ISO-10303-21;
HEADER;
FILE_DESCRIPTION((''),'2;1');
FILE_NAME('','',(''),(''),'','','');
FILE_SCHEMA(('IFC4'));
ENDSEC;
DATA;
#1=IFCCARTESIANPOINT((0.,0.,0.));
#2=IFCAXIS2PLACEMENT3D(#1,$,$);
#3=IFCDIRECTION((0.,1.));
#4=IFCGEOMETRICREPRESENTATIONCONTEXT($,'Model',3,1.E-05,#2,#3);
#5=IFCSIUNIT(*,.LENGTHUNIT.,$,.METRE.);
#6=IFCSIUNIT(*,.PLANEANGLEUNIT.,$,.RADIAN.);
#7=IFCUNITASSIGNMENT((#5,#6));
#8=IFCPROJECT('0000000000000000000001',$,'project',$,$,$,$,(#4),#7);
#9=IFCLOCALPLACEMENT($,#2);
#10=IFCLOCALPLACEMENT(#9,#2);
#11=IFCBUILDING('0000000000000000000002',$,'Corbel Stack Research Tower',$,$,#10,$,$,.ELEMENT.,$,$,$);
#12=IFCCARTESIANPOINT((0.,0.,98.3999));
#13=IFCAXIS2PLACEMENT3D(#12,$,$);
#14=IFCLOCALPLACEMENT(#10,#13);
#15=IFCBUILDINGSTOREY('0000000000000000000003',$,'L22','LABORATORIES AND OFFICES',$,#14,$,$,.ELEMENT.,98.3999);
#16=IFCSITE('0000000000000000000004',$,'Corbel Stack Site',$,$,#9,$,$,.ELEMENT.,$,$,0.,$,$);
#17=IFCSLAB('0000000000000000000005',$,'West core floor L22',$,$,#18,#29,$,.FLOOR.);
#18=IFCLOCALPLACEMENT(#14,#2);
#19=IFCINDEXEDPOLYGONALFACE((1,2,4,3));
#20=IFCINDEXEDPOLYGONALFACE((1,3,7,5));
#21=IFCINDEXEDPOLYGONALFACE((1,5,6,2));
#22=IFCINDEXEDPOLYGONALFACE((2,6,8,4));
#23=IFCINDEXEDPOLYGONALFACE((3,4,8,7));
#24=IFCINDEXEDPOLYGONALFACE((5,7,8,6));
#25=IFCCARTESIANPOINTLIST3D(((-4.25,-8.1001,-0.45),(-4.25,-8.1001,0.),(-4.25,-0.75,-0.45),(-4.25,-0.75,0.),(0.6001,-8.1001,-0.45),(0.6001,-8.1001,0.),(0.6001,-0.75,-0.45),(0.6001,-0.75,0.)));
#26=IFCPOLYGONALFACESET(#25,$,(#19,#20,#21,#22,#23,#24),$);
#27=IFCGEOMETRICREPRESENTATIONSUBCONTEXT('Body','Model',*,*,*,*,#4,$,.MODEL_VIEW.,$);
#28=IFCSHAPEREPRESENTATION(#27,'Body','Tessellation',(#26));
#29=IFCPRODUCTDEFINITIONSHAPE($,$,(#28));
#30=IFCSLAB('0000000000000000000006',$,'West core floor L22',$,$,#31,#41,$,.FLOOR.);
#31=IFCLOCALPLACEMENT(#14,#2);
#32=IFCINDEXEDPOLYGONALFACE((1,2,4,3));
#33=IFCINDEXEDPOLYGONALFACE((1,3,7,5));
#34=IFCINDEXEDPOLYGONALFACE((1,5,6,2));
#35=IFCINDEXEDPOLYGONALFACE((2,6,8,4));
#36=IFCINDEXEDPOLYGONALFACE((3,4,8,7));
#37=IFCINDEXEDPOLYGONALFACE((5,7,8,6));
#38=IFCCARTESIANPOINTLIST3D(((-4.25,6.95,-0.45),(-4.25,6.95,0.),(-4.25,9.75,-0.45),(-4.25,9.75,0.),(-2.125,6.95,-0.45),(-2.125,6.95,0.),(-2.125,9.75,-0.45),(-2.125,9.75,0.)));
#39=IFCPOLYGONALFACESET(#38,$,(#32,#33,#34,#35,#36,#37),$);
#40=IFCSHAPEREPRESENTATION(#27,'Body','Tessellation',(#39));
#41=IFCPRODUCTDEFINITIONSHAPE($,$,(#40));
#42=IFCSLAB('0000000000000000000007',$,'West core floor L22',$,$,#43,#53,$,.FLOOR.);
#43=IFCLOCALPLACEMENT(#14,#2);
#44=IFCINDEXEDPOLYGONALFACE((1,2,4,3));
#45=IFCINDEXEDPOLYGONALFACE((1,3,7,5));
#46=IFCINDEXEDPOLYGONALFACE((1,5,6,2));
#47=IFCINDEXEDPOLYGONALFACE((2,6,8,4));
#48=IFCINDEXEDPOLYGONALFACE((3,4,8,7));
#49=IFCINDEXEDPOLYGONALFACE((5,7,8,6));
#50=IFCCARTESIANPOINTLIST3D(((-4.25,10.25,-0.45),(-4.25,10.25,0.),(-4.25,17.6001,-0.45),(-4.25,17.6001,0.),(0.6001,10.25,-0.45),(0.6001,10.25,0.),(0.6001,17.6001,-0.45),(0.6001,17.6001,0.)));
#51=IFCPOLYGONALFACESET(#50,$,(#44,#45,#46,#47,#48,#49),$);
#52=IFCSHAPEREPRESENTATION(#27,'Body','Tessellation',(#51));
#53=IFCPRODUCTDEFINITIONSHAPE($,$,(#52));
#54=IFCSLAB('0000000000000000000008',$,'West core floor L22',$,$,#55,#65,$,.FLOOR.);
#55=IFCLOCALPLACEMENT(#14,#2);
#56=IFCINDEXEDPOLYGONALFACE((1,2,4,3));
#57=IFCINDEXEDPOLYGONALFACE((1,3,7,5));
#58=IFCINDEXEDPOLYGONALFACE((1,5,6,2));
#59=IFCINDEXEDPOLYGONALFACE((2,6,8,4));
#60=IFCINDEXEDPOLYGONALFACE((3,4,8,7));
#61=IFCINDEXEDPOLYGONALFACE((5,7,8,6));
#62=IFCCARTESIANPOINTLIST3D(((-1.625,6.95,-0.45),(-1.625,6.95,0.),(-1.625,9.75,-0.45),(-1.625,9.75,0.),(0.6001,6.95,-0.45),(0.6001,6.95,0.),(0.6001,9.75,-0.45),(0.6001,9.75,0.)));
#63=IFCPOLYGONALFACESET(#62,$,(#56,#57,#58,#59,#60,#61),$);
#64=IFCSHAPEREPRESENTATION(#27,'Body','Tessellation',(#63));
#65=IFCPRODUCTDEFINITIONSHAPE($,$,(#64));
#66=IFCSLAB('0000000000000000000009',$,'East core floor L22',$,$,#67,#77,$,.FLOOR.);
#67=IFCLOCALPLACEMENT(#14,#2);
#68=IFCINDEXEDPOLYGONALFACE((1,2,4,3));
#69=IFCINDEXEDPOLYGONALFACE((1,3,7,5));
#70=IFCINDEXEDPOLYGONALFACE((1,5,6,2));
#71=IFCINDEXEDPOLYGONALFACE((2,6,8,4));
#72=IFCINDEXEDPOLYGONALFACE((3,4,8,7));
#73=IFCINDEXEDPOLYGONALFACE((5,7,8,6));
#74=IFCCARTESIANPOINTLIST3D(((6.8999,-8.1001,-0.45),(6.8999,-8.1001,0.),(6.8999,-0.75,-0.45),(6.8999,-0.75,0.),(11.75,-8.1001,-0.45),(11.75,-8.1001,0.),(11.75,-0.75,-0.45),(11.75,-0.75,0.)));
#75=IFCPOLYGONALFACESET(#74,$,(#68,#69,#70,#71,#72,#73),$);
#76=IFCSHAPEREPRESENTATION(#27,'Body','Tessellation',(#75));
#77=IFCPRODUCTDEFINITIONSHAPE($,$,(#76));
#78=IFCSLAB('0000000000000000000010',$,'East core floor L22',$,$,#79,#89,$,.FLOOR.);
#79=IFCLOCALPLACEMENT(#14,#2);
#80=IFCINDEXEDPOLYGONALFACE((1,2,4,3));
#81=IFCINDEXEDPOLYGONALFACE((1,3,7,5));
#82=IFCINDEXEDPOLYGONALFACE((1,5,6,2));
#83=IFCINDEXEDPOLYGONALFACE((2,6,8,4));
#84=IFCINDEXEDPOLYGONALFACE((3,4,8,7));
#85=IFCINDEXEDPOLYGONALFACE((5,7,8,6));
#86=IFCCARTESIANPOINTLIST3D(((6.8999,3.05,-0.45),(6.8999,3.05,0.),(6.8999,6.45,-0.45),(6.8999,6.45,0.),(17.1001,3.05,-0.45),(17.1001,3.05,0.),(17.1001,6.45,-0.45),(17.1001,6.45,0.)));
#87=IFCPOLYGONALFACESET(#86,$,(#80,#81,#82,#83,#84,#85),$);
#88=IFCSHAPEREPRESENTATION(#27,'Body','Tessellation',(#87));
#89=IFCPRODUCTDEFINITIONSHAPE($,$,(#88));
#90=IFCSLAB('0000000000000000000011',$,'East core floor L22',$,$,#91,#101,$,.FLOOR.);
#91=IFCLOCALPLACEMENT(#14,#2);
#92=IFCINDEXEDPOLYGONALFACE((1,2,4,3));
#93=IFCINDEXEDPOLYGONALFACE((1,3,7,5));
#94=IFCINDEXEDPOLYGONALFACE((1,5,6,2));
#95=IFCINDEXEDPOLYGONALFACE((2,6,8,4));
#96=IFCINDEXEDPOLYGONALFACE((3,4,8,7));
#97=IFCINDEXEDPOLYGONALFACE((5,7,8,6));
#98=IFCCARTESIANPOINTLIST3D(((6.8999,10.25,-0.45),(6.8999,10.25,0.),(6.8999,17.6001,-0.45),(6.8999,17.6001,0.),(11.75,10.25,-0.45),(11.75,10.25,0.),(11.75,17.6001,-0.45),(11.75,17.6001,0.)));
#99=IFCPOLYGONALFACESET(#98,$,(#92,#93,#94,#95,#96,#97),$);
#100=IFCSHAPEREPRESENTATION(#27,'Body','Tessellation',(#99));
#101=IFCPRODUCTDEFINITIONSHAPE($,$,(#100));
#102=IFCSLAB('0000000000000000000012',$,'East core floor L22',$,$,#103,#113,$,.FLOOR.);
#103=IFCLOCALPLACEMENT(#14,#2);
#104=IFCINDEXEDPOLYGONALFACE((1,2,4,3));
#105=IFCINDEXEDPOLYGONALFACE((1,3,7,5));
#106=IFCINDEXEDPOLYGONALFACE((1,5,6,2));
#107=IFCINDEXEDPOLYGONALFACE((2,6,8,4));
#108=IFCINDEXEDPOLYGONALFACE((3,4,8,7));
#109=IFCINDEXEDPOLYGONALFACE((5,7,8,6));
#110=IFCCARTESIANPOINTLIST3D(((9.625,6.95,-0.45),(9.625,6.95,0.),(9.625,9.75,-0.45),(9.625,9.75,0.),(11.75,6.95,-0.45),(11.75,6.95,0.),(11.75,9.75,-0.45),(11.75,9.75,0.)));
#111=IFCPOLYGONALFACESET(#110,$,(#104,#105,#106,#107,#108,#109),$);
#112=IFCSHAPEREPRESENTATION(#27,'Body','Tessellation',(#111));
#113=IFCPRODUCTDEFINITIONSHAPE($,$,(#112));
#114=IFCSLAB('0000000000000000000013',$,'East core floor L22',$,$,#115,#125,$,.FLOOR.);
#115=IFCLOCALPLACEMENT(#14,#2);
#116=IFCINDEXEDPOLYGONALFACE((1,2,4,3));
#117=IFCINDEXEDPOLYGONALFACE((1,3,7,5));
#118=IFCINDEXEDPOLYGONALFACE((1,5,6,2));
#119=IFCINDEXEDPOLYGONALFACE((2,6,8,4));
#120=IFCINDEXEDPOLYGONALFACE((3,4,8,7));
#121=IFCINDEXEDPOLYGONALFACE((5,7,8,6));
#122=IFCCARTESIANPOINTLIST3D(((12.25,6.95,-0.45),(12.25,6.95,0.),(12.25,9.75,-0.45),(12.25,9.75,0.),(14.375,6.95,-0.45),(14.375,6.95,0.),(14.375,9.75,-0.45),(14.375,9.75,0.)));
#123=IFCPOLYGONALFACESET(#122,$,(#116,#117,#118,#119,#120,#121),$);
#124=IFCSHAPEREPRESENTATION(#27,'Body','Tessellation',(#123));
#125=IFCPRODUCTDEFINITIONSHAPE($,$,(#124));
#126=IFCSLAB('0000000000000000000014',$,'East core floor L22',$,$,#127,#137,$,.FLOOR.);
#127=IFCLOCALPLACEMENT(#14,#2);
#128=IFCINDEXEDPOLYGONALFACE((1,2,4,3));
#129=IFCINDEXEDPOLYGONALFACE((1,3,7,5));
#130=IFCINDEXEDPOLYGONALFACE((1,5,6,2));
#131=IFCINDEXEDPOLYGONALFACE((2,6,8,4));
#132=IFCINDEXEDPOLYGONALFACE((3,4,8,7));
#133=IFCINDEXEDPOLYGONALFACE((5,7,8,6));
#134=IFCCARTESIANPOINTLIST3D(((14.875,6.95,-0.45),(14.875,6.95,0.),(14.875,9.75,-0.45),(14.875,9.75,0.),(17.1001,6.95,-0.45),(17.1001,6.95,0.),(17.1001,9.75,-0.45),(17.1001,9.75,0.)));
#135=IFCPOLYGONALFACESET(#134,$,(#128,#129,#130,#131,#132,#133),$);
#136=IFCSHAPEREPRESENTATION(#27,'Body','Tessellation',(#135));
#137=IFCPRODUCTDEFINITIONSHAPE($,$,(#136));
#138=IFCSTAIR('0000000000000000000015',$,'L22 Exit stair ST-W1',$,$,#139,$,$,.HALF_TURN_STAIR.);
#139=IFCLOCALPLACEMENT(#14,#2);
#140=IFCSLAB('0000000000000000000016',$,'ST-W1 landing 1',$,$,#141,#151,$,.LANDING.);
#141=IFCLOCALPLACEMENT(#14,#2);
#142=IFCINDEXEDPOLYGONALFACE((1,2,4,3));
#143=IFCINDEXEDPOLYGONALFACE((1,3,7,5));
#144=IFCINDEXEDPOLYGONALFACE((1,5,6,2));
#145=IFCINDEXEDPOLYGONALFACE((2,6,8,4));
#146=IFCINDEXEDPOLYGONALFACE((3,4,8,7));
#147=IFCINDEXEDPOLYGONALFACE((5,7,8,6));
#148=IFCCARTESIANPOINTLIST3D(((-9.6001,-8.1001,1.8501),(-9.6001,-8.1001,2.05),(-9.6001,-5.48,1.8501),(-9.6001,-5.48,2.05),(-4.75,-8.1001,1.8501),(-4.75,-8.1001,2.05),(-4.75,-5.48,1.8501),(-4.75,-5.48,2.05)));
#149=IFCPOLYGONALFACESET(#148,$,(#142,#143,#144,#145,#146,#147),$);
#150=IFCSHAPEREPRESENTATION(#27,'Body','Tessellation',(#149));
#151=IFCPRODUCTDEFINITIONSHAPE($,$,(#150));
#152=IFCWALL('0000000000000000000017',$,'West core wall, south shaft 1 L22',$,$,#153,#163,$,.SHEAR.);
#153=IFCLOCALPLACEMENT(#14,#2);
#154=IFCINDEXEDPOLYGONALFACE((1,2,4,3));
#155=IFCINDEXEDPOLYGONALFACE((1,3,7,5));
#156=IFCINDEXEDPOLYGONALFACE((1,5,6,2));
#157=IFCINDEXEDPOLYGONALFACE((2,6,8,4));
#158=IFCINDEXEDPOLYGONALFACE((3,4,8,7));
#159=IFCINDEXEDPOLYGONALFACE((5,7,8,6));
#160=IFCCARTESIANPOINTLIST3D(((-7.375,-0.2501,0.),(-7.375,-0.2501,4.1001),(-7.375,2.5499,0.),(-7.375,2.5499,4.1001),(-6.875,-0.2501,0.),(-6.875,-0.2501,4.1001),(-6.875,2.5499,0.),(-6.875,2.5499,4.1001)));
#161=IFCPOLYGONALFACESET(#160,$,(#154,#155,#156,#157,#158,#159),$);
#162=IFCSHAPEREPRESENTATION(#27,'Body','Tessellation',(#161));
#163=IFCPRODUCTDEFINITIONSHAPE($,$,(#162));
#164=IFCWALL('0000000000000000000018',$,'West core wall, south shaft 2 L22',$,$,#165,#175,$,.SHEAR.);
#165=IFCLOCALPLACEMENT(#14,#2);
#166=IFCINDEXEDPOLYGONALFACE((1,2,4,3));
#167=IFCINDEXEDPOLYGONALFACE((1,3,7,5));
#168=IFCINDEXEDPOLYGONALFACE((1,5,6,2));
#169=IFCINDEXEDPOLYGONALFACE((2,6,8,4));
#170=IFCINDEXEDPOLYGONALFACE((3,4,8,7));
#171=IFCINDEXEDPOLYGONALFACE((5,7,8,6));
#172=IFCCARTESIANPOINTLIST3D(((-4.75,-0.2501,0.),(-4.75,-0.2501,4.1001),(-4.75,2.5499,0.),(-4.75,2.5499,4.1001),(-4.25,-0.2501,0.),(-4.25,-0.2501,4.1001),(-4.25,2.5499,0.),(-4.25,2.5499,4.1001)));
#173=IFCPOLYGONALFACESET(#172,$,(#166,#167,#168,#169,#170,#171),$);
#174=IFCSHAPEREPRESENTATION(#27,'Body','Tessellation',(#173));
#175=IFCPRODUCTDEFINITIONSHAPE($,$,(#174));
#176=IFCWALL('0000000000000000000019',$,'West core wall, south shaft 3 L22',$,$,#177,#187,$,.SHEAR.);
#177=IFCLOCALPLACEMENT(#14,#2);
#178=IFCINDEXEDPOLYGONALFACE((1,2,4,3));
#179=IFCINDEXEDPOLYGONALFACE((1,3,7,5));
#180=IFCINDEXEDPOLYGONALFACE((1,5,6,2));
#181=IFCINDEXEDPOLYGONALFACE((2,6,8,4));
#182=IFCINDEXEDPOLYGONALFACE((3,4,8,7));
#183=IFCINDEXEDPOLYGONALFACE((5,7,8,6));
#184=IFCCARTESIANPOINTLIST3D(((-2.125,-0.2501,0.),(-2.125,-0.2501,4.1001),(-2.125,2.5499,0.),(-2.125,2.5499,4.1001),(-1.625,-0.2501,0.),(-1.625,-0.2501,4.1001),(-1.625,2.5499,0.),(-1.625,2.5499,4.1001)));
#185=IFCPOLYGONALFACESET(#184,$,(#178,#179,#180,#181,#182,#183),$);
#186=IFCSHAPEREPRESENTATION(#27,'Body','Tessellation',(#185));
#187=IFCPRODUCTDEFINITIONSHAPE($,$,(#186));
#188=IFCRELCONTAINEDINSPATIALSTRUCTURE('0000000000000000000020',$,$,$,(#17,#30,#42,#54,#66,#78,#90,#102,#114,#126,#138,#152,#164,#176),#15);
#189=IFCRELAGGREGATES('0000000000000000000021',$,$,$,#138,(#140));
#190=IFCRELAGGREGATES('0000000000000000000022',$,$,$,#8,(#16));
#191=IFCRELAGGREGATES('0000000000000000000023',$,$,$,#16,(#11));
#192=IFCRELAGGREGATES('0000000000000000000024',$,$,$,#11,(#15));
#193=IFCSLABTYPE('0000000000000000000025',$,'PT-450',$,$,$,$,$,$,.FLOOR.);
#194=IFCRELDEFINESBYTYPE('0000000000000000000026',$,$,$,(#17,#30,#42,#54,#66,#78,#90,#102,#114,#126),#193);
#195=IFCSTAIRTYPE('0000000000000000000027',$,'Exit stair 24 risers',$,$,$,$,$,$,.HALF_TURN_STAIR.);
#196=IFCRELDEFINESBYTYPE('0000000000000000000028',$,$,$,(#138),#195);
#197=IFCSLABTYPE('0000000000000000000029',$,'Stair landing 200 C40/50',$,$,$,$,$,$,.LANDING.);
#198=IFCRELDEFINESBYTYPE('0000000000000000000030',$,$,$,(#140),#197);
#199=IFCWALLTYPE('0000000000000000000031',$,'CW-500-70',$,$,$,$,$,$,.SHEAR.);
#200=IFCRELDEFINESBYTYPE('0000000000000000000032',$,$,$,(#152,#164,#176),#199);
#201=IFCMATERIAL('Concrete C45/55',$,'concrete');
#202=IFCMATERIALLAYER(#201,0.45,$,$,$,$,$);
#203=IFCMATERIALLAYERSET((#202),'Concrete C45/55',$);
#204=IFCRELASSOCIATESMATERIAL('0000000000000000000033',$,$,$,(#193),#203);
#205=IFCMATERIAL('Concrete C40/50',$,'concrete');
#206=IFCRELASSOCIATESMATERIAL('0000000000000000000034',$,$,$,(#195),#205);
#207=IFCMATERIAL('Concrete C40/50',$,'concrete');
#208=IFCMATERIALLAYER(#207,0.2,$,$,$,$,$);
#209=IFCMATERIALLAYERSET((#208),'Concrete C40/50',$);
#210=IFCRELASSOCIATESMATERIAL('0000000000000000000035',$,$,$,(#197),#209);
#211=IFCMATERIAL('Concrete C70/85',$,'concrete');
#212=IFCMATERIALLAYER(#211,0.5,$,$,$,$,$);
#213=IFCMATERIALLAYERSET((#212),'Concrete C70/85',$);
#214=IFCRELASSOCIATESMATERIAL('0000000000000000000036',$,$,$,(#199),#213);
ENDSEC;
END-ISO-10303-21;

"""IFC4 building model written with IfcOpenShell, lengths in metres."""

from ifc_helpers import new_model, si_unit, direction, frame, frame_2d, origin, place, context, subcontext, project, spatial, polyline, rectangle, outline, extrude, material, layer, layer_set, type_object, element, aggregate, save


model = new_model("IFC4")

# Units and contexts
model_context = context("Model", 3, precision=1e-05, world=origin(), true_north=direction((0.0, 1.0)))
body_context = subcontext(model_context, "Body", "Model", "MODEL_VIEW")
ifc_project = project(units=[si_unit("LENGTHUNIT", "METRE"), si_unit("PLANEANGLEUNIT", "RADIAN")], contexts=[model_context])

# Site, building, storey
site_placement = place(None, origin())
site = spatial("IfcSite", under=ifc_project, at=site_placement, Name="Corbel Stack Site", CompositionType="ELEMENT", RefElevation=0.0)
building_placement = place(site_placement, origin())
building = spatial("IfcBuilding", under=site, at=building_placement, Name="Corbel Stack Research Tower", CompositionType="ELEMENT")
storey_placement = place(building_placement, frame((0.0, 0.0, 98.3999)))
storey = spatial("IfcBuildingStorey", under=building, at=storey_placement, Name="L22", Description="LABORATORIES AND OFFICES", CompositionType="ELEMENT", Elevation=98.3999)

# Slabs
ifc_material_1 = material(Name="Concrete C45/55", Category="concrete")
ifc_layer_1 = layer(ifc_material_1, 0.45)
ifc_layer_set_1 = layer_set([ifc_layer_1], Name="Concrete C45/55")
slab_type_1 = type_object("IfcSlabType", Name="PT-450", PredefinedType="FLOOR", material=ifc_layer_set_1)
slab_1_placement = place(storey_placement, frame((0.0, 0.0, -0.45)))
element("IfcSlab", 1, at=slab_1_placement, inside=storey, type_object=slab_type_1, Name="West core floor L22", PredefinedType="FLOOR", context=body_context, shape_type="SweptSolid", body=[
    extrude(outline(polyline([(0.6001, -8.1001), (0.6001, -0.75), (-4.25, -0.75), (-4.25, -8.1001), (0.6001, -8.1001)])), origin(), (0.0, 0.0, 1.0), 0.45),
])
slab_2_placement = place(storey_placement, frame((0.0, 0.0, -0.45)))
element("IfcSlab", 2, at=slab_2_placement, inside=storey, type_object=slab_type_1, Name="West core floor L22", PredefinedType="FLOOR", context=body_context, shape_type="SweptSolid", body=[
    extrude(outline(polyline([(-2.125, 6.95), (-2.125, 9.75), (-4.25, 9.75), (-4.25, 6.95), (-2.125, 6.95)])), origin(), (0.0, 0.0, 1.0), 0.45),
])
slab_3_placement = place(storey_placement, frame((0.0, 0.0, -0.45)))
element("IfcSlab", 3, at=slab_3_placement, inside=storey, type_object=slab_type_1, Name="West core floor L22", PredefinedType="FLOOR", context=body_context, shape_type="SweptSolid", body=[
    extrude(outline(polyline([(0.6001, 17.6001), (-4.25, 17.6001), (-4.25, 10.25), (0.6001, 10.25), (0.6001, 17.6001)])), origin(), (0.0, 0.0, 1.0), 0.45),
])
slab_4_placement = place(storey_placement, frame((0.0, 0.0, -0.45)))
element("IfcSlab", 4, at=slab_4_placement, inside=storey, type_object=slab_type_1, Name="West core floor L22", PredefinedType="FLOOR", context=body_context, shape_type="SweptSolid", body=[
    extrude(outline(polyline([(0.6001, 9.75), (-1.625, 9.75), (-1.625, 6.95), (0.6001, 6.95), (0.6001, 9.75)])), origin(), (0.0, 0.0, 1.0), 0.45),
])
slab_5_placement = place(storey_placement, frame((0.0, 0.0, -0.45)))
element("IfcSlab", 5, at=slab_5_placement, inside=storey, type_object=slab_type_1, Name="East core floor L22", PredefinedType="FLOOR", context=body_context, shape_type="SweptSolid", body=[
    extrude(outline(polyline([(11.75, -0.75), (6.8999, -0.75), (6.8999, -8.1001), (11.75, -8.1001), (11.75, -0.75)])), origin(), (0.0, 0.0, 1.0), 0.45),
])
slab_6_placement = place(storey_placement, frame((0.0, 0.0, -0.45)))
element("IfcSlab", 6, at=slab_6_placement, inside=storey, type_object=slab_type_1, Name="East core floor L22", PredefinedType="FLOOR", context=body_context, shape_type="SweptSolid", body=[
    extrude(outline(polyline([(6.8999, 6.45), (6.8999, 3.05), (17.1001, 3.05), (17.1001, 6.45), (6.8999, 6.45)])), origin(), (0.0, 0.0, 1.0), 0.45),
])
slab_7_placement = place(storey_placement, frame((0.0, 0.0, -0.45)))
element("IfcSlab", 7, at=slab_7_placement, inside=storey, type_object=slab_type_1, Name="East core floor L22", PredefinedType="FLOOR", context=body_context, shape_type="SweptSolid", body=[
    extrude(outline(polyline([(6.8999, 17.6001), (6.8999, 10.25), (11.75, 10.25), (11.75, 17.6001), (6.8999, 17.6001)])), origin(), (0.0, 0.0, 1.0), 0.45),
])
slab_8_placement = place(storey_placement, frame((0.0, 0.0, -0.45)))
element("IfcSlab", 8, at=slab_8_placement, inside=storey, type_object=slab_type_1, Name="East core floor L22", PredefinedType="FLOOR", context=body_context, shape_type="SweptSolid", body=[
    extrude(outline(polyline([(9.625, 6.95), (11.75, 6.95), (11.75, 9.75), (9.625, 9.75), (9.625, 6.95)])), origin(), (0.0, 0.0, 1.0), 0.45),
])
slab_9_placement = place(storey_placement, frame((0.0, 0.0, -0.45)))
element("IfcSlab", 9, at=slab_9_placement, inside=storey, type_object=slab_type_1, Name="East core floor L22", PredefinedType="FLOOR", context=body_context, shape_type="SweptSolid", body=[
    extrude(outline(polyline([(14.375, 6.95), (14.375, 9.75), (12.25, 9.75), (12.25, 6.95), (14.375, 6.95)])), origin(), (0.0, 0.0, 1.0), 0.45),
])
slab_10_placement = place(storey_placement, frame((0.0, 0.0, -0.45)))
element("IfcSlab", 10, at=slab_10_placement, inside=storey, type_object=slab_type_1, Name="East core floor L22", PredefinedType="FLOOR", context=body_context, shape_type="SweptSolid", body=[
    extrude(outline(polyline([(17.1001, 6.95), (17.1001, 9.75), (14.875, 9.75), (14.875, 6.95), (17.1001, 6.95)])), origin(), (0.0, 0.0, 1.0), 0.45),
])

# Stair, slab
ifc_material_2 = material(Name="Concrete C40/50", Category="concrete")
stair_type = type_object("IfcStairType", Name="Exit stair 24 risers", PredefinedType="HALF_TURN_STAIR", material=ifc_material_2)
stair_placement = place(storey_placement, origin())
stair = element("IfcStair", 11, at=stair_placement, inside=storey, type_object=stair_type, Name="L22 Exit stair ST-W1", PredefinedType="HALF_TURN_STAIR")
ifc_material_3 = material(Name="Concrete C40/50", Category="concrete")
ifc_layer_2 = layer(ifc_material_3, 0.2)
ifc_layer_set_2 = layer_set([ifc_layer_2], Name="Concrete C40/50")
slab_type_2 = type_object("IfcSlabType", Name="Stair landing 200 C40/50", PredefinedType="LANDING", material=ifc_layer_set_2)
slab_11_placement = place(storey_placement, frame((0.0, 0.0, 1.8501)))
slab_11 = element("IfcSlab", 12, at=slab_11_placement, type_object=slab_type_2, Name="ST-W1 landing 1", PredefinedType="LANDING", context=body_context, shape_type="SweptSolid", body=[
    extrude(outline(polyline([(-9.6001, -8.1001), (-9.6001, -5.48), (-4.75, -5.48), (-4.75, -8.1001), (-9.6001, -8.1001)])), origin(), (0.0, 0.0, 1.0), 0.2),
])
aggregate(stair, [slab_11])

# Walls
ifc_material_4 = material(Name="Concrete C70/85", Category="concrete")
ifc_layer_3 = layer(ifc_material_4, 0.5)
ifc_layer_set_3 = layer_set([ifc_layer_3], Name="Concrete C70/85")
wall_type = type_object("IfcWallType", Name="CW-500-70", PredefinedType="SHEAR", material=ifc_layer_set_3)
for number, where, z_axis, x_axis, name in (
    (13, (-7.125, -0.25, 0.0), (0.0, 0.0, 1.0), (0.0, 1.0, 0.0), "West core wall, south shaft 1 L22"),
    (14, (-4.5, -0.25, 0.0), (0.0, 0.0, 1.0), (0.0, 1.0, 0.0), "West core wall, south shaft 2 L22"),
    (15, (-1.875, -0.25, 0.0), (0.0, 0.0, 1.0), (0.0, 1.0, 0.0), "West core wall, south shaft 3 L22"),
):
    element("IfcWall", number, at=place(storey_placement, frame(where, z_axis=z_axis, x_axis=x_axis)), inside=storey, type_object=wall_type, Name=name, PredefinedType="SHEAR", context=body_context, shape_type="SweptSolid", body=[
        extrude(rectangle(XDim=2.8, YDim=0.5, at=frame_2d((1.3999, 0.0))), origin(), (0.0, 0.0, 1.0), 4.1001),
    ])

save(model, "model.ifc")
